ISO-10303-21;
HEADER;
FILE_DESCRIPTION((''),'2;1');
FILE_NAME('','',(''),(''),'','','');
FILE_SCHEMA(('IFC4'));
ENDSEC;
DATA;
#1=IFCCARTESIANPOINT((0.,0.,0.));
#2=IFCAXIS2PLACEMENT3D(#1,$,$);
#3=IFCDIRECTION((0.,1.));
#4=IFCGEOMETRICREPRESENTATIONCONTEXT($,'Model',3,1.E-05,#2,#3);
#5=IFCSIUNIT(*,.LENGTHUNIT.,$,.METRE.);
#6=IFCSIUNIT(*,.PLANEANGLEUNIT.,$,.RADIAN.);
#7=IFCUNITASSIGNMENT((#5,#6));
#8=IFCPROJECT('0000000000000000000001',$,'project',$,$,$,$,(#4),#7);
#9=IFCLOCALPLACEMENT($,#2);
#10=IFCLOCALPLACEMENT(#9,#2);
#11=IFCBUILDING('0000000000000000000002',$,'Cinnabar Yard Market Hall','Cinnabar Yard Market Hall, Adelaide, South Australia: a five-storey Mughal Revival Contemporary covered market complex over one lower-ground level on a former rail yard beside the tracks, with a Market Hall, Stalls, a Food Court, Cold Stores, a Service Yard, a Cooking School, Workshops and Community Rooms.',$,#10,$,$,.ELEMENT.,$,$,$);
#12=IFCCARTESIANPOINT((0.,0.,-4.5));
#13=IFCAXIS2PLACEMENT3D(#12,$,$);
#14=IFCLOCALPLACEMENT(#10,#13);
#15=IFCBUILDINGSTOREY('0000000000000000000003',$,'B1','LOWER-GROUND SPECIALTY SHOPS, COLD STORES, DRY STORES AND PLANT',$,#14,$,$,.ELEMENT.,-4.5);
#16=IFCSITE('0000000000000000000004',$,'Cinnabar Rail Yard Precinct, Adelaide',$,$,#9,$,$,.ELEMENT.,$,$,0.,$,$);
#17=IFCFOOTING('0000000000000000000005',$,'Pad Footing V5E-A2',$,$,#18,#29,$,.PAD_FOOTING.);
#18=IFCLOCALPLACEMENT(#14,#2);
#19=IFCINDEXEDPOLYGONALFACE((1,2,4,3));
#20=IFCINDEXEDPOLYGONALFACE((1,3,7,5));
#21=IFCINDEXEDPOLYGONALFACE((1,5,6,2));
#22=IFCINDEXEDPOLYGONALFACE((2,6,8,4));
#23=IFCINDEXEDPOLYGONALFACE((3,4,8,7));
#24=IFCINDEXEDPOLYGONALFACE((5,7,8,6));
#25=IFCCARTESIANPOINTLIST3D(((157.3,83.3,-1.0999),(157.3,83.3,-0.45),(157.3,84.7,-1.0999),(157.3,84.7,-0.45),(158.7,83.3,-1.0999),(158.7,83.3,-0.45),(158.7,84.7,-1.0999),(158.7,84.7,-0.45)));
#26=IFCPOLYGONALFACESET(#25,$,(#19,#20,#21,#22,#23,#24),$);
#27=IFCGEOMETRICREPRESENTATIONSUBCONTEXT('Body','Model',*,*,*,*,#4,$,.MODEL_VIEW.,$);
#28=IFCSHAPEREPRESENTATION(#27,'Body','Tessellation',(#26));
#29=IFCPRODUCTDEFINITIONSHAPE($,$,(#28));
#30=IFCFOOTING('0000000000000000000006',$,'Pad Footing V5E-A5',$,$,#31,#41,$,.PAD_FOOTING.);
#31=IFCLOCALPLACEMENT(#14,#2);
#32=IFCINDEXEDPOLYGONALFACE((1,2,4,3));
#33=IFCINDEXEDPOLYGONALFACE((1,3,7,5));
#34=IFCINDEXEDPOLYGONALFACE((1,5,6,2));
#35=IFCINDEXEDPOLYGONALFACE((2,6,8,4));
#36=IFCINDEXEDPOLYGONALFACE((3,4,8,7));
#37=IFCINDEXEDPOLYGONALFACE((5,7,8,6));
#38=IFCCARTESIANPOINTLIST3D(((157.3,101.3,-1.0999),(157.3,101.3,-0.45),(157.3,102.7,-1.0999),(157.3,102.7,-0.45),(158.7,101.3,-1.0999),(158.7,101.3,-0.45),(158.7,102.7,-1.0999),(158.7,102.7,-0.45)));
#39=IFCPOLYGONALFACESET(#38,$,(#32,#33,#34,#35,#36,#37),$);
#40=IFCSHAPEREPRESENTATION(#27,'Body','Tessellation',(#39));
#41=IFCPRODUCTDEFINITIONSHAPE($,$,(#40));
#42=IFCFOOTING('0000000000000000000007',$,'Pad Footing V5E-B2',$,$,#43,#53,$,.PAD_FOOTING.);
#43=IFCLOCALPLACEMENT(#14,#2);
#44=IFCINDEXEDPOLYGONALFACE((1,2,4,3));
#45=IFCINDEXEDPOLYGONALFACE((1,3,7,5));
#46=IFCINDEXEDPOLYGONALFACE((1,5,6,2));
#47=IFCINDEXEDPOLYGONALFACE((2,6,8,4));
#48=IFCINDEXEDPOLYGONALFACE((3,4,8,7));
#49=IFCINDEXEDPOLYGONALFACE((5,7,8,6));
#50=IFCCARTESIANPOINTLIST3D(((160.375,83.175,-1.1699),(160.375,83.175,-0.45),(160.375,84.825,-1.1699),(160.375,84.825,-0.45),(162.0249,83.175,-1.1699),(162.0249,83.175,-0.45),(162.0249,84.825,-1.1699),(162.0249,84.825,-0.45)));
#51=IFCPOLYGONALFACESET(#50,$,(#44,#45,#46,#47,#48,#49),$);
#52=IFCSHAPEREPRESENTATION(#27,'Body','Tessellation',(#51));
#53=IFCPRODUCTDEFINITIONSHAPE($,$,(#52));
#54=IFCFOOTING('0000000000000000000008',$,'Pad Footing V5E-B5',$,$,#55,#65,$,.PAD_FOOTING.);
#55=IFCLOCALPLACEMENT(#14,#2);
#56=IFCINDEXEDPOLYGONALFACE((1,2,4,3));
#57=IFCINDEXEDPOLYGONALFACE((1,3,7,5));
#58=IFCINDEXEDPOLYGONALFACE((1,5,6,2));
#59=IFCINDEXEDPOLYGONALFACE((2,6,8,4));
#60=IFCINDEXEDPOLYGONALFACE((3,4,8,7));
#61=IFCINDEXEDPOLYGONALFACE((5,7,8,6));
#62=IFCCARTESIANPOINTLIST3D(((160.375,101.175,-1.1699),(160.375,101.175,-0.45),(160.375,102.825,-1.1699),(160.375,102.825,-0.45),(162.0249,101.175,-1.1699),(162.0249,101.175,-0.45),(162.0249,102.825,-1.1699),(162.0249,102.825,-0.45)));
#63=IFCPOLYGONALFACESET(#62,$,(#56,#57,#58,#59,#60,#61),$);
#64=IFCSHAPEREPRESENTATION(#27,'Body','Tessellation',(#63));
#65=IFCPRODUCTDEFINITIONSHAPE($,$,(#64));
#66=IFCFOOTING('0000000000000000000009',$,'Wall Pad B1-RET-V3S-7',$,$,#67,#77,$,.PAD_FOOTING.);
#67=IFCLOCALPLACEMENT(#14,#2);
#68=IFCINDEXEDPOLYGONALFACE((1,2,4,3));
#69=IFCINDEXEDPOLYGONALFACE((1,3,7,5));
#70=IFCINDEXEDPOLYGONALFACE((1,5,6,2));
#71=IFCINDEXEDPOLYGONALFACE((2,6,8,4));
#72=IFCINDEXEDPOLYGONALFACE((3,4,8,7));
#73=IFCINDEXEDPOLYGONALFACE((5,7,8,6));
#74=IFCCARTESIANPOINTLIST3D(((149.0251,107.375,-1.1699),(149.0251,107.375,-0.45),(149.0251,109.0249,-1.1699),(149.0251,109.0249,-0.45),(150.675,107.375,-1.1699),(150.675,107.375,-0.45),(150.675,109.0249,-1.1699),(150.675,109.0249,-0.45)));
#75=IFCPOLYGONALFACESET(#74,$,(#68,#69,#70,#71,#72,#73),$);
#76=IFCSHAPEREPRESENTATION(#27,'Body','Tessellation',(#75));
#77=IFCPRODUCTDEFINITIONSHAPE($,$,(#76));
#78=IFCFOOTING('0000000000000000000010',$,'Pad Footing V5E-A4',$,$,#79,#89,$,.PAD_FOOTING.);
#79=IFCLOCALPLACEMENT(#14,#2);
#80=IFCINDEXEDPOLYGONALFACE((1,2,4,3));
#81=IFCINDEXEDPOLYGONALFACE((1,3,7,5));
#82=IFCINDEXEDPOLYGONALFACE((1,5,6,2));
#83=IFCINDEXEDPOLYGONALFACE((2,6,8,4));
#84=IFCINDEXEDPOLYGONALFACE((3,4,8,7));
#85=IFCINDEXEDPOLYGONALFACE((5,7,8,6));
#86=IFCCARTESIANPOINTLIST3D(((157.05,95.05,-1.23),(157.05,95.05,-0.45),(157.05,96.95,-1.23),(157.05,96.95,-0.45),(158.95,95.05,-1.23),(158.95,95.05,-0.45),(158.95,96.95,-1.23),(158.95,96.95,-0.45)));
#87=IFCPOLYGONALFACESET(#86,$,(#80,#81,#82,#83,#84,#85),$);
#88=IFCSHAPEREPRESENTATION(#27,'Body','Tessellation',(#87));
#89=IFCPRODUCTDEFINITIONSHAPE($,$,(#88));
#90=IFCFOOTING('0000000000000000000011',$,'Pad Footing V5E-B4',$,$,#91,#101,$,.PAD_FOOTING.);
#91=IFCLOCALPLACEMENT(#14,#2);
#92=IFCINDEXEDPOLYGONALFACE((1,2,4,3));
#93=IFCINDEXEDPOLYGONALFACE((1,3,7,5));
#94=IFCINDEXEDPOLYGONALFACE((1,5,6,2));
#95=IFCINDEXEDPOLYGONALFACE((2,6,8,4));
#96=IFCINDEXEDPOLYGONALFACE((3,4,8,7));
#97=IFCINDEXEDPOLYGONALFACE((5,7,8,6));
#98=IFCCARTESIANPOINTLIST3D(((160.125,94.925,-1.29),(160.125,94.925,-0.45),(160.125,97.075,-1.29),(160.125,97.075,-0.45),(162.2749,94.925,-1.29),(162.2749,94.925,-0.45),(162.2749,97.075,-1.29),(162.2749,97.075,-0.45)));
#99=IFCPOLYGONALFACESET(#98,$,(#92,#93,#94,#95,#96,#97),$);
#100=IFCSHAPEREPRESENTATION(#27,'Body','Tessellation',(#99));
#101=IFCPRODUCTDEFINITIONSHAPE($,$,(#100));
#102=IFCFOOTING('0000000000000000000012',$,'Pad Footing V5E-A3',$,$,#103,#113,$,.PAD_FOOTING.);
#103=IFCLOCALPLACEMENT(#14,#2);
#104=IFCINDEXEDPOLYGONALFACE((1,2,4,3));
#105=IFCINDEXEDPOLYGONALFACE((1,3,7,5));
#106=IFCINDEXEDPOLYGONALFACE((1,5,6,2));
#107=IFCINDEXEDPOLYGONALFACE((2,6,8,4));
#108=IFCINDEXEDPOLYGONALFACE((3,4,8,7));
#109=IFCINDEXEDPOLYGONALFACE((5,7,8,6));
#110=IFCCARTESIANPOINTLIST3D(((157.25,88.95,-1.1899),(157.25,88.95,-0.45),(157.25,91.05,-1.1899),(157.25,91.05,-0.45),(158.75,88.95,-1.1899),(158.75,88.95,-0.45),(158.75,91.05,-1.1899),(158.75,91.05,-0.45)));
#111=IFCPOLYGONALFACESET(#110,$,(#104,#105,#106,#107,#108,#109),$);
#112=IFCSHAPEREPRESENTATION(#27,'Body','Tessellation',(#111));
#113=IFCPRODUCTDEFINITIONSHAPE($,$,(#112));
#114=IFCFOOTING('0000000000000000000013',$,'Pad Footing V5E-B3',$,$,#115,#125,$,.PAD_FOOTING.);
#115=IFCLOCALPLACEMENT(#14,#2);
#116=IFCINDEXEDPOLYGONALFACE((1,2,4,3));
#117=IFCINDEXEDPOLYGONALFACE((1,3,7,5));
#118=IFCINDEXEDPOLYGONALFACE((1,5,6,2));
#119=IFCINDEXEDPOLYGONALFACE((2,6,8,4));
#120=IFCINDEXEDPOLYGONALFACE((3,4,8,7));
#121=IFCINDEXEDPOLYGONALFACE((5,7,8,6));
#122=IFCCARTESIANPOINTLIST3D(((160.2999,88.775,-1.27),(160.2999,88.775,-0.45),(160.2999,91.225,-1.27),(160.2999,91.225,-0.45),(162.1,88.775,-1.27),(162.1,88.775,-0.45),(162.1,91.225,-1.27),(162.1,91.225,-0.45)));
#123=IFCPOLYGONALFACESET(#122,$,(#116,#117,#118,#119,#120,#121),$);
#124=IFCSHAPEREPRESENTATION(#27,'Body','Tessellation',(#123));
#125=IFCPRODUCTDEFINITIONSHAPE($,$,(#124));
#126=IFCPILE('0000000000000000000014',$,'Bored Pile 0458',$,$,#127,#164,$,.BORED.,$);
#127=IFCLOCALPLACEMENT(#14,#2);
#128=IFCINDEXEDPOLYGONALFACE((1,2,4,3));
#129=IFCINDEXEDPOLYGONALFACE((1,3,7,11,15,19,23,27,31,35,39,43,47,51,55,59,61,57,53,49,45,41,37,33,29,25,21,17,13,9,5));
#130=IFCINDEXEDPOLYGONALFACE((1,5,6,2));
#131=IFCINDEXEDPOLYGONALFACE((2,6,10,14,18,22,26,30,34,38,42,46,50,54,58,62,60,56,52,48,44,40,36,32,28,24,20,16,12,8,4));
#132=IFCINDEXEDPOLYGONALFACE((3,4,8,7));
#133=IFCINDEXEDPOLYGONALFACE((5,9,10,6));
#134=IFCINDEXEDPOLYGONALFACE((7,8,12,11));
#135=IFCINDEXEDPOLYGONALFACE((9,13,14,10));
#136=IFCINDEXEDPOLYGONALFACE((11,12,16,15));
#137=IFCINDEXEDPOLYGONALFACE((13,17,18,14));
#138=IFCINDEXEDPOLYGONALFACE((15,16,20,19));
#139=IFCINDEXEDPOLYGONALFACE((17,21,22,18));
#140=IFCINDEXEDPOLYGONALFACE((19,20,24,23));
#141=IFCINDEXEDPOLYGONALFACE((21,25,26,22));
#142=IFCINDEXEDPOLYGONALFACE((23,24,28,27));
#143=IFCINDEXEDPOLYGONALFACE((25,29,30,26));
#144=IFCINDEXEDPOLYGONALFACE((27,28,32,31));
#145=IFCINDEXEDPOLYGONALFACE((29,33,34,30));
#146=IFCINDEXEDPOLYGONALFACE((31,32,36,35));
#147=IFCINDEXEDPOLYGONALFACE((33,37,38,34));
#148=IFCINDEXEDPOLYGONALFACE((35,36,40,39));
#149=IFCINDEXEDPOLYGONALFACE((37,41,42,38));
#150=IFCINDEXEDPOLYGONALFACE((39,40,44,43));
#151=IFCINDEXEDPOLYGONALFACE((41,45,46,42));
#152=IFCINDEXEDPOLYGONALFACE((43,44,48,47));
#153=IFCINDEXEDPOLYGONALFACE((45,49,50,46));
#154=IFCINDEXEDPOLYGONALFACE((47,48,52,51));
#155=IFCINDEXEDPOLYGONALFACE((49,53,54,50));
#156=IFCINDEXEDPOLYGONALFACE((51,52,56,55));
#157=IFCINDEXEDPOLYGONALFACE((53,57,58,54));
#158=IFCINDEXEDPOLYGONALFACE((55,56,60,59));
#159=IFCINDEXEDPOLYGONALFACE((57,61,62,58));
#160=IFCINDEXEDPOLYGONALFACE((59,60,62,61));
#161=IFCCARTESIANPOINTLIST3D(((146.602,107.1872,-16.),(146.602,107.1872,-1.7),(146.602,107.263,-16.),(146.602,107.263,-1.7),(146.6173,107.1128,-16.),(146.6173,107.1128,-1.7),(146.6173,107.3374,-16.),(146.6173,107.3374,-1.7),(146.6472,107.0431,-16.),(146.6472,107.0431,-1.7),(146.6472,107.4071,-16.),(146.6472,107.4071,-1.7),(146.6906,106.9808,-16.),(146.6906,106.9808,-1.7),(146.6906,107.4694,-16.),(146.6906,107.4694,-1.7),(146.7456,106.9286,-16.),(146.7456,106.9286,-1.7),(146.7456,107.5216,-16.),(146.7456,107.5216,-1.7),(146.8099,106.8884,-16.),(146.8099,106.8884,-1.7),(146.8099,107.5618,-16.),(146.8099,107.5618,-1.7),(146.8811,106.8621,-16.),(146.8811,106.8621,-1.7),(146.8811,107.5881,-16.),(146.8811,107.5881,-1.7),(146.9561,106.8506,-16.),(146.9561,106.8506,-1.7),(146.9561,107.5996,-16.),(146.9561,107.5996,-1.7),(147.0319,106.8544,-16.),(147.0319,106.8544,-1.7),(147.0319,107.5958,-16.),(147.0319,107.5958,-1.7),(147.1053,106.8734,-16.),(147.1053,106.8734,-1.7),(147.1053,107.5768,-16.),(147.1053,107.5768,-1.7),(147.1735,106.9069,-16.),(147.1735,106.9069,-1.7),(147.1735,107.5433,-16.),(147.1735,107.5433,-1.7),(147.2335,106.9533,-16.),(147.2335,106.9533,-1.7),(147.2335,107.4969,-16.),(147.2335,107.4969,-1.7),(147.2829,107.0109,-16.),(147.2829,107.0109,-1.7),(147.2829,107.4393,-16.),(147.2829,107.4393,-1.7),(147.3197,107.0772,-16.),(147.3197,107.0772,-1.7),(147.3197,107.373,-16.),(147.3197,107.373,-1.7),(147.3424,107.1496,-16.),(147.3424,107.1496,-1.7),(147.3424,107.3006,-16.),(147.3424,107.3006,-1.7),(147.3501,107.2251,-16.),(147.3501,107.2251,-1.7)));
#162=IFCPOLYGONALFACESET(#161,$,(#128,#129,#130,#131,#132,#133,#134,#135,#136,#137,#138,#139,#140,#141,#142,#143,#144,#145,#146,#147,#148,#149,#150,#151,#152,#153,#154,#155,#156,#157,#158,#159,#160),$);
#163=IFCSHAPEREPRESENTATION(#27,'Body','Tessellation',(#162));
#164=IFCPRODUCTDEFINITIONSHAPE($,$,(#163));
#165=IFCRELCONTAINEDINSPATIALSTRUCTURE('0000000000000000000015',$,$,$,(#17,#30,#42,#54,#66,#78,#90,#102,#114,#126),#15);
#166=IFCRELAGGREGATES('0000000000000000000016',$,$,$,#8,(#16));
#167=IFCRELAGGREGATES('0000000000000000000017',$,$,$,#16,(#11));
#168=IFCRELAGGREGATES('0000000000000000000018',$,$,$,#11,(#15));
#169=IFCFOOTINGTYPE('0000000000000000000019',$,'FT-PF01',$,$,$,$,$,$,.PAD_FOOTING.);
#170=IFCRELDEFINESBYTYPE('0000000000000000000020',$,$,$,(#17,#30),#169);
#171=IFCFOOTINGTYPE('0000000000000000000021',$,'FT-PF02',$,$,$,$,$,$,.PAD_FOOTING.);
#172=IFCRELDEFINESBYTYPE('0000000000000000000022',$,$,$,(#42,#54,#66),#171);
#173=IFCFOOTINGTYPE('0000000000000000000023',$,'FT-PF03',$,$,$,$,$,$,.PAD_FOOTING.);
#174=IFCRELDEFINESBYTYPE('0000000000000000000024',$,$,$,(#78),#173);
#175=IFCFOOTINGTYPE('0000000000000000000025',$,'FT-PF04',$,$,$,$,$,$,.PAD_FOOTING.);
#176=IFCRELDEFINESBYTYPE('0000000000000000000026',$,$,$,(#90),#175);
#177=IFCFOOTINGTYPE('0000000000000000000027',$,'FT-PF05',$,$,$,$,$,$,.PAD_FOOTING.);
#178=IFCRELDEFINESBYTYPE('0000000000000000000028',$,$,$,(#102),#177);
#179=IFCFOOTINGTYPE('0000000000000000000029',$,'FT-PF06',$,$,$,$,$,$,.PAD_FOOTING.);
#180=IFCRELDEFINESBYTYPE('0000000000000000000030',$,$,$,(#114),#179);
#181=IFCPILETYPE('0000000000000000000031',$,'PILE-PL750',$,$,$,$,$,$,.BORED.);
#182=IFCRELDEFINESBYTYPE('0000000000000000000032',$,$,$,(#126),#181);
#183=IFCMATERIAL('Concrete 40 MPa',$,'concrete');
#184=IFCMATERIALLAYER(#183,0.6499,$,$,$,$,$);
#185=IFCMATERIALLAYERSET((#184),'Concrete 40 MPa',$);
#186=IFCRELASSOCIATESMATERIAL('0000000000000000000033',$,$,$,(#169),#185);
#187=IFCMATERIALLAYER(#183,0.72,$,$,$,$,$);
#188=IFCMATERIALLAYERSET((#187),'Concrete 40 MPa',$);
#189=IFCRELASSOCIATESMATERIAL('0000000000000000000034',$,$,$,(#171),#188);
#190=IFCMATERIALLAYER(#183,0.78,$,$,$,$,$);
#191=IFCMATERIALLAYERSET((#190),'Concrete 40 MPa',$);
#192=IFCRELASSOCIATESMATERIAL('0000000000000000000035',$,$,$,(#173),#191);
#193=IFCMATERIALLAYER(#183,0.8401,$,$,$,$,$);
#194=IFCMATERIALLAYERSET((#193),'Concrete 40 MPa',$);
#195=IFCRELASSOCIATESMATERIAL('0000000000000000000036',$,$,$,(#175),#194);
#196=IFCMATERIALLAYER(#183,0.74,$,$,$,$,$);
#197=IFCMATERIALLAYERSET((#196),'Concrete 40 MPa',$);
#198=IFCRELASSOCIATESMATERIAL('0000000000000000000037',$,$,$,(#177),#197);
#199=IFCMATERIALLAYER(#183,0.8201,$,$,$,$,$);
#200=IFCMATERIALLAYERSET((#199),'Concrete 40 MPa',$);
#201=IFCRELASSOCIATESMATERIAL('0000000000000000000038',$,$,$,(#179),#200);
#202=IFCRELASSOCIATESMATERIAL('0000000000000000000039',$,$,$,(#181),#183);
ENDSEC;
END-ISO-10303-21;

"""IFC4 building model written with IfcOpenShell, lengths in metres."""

from ifc_helpers import new_model, si_unit, direction, frame, origin, origin_2d_with_axis, place, context, subcontext, project, spatial, rectangle, circle, extrude, material, layer, layer_set, material_profile, profile_set, type_object, element, save


model = new_model("IFC4")

# Units and contexts
model_context = context("Model", 3, precision=1e-05, world=origin(), true_north=direction((0.0, 1.0)))
body_context = subcontext(model_context, "Body", "Model", "MODEL_VIEW")
ifc_project = project(units=[si_unit("LENGTHUNIT", "METRE"), si_unit("PLANEANGLEUNIT", "RADIAN")], contexts=[model_context])

# Site, building, storey
site_placement = place(None, origin())
site = spatial("IfcSite", under=ifc_project, at=site_placement, Name="Cinnabar Rail Yard Precinct, Adelaide", CompositionType="ELEMENT", RefElevation=0.0)
building_placement = place(site_placement, origin())
building = spatial("IfcBuilding", under=site, at=building_placement, Name="Cinnabar Yard Market Hall", Description="Cinnabar Yard Market Hall, Adelaide, South Australia: a five-storey Mughal Revival Contemporary covered market complex over one lower-ground level on a former rail yard beside the tracks, with a Market Hall, Stalls, a Food Court, Cold Stores, a Service Yard, a Cooking School, Workshops and Community Rooms.", CompositionType="ELEMENT")
storey_placement = place(building_placement, frame((0.0, 0.0, -4.5)))
storey = spatial("IfcBuildingStorey", under=building, at=storey_placement, Name="B1", Description="LOWER-GROUND SPECIALTY SHOPS, COLD STORES, DRY STORES AND PLANT", CompositionType="ELEMENT", Elevation=-4.5)

# Footings
ifc_material_1 = material(Name="Concrete 40 MPa", Category="concrete")
ifc_layer_1 = layer(ifc_material_1, 0.6499)
ifc_layer_set_1 = layer_set([ifc_layer_1], Name="Concrete 40 MPa")
footing_type_1 = type_object("IfcFootingType", Name="FT-PF01", PredefinedType="PAD_FOOTING", material=ifc_layer_set_1)
for number, where, z_axis, x_axis, name in (
    (1, (158.0, 84.0, -1.0999), (0.0, 0.0, 1.0), (1.0, 0.0, 0.0), "Pad Footing V5E-A2"),
    (2, (158.0, 102.0, -1.0999), (0.0, 0.0, 1.0), (1.0, 0.0, 0.0), "Pad Footing V5E-A5"),
):
    element("IfcFooting", number, at=place(storey_placement, frame(where, z_axis=z_axis, x_axis=x_axis)), inside=storey, type_object=footing_type_1, Name=name, PredefinedType="PAD_FOOTING", context=body_context, shape_type="SweptSolid", body=[
        extrude(rectangle(XDim=1.3999, YDim=1.3999, at=origin_2d_with_axis()), origin(), (0.0, 0.0, 1.0), 0.6499),
    ])
ifc_layer_2 = layer(ifc_material_1, 0.72)
ifc_layer_set_2 = layer_set([ifc_layer_2], Name="Concrete 40 MPa")
footing_type_2 = type_object("IfcFootingType", Name="FT-PF02", PredefinedType="PAD_FOOTING", material=ifc_layer_set_2)
for number, where, z_axis, x_axis, name in (
    (3, (161.2, 84.0, -1.1699), (0.0, 0.0, 1.0), (1.0, 0.0, 0.0), "Pad Footing V5E-B2"),
    (4, (161.2, 102.0, -1.1699), (0.0, 0.0, 1.0), (1.0, 0.0, 0.0), "Pad Footing V5E-B5"),
    (5, (149.8501, 108.2, -1.1699), (0.0, 0.0, 1.0), (1.0, 0.0, 0.0), "Wall Pad B1-RET-V3S-7"),
):
    element("IfcFooting", number, at=place(storey_placement, frame(where, z_axis=z_axis, x_axis=x_axis)), inside=storey, type_object=footing_type_2, Name=name, PredefinedType="PAD_FOOTING", context=body_context, shape_type="SweptSolid", body=[
        extrude(rectangle(XDim=1.6499, YDim=1.6499, at=origin_2d_with_axis()), origin(), (0.0, 0.0, 1.0), 0.72),
    ])
ifc_layer_3 = layer(ifc_material_1, 0.78)
ifc_layer_set_3 = layer_set([ifc_layer_3], Name="Concrete 40 MPa")
footing_type_3 = type_object("IfcFootingType", Name="FT-PF03", PredefinedType="PAD_FOOTING", material=ifc_layer_set_3)
footing_1_placement = place(storey_placement, frame((158.0, 96.0, -1.23), z_axis=(0.0, 0.0, 1.0), x_axis=(1.0, 0.0, 0.0)))
element("IfcFooting", 6, at=footing_1_placement, inside=storey, type_object=footing_type_3, Name="Pad Footing V5E-A4", PredefinedType="PAD_FOOTING", context=body_context, shape_type="SweptSolid", body=[
    extrude(rectangle(XDim=1.8999, YDim=1.8999, at=origin_2d_with_axis()), origin(), (0.0, 0.0, 1.0), 0.78),
])
ifc_layer_4 = layer(ifc_material_1, 0.8401)
ifc_layer_set_4 = layer_set([ifc_layer_4], Name="Concrete 40 MPa")
footing_type_4 = type_object("IfcFootingType", Name="FT-PF04", PredefinedType="PAD_FOOTING", material=ifc_layer_set_4)
footing_2_placement = place(storey_placement, frame((161.2, 96.0, -1.29), z_axis=(0.0, 0.0, 1.0), x_axis=(1.0, 0.0, 0.0)))
element("IfcFooting", 7, at=footing_2_placement, inside=storey, type_object=footing_type_4, Name="Pad Footing V5E-B4", PredefinedType="PAD_FOOTING", context=body_context, shape_type="SweptSolid", body=[
    extrude(rectangle(XDim=2.1499, YDim=2.1499, at=origin_2d_with_axis()), origin(), (0.0, 0.0, 1.0), 0.8401),
])
ifc_layer_5 = layer(ifc_material_1, 0.74)
ifc_layer_set_5 = layer_set([ifc_layer_5], Name="Concrete 40 MPa")
footing_type_5 = type_object("IfcFootingType", Name="FT-PF05", PredefinedType="PAD_FOOTING", material=ifc_layer_set_5)
footing_3_placement = place(storey_placement, frame((158.0, 90.0, -1.1899), z_axis=(0.0, 0.0, 1.0), x_axis=(1.0, 0.0, 0.0)))
element("IfcFooting", 8, at=footing_3_placement, inside=storey, type_object=footing_type_5, Name="Pad Footing V5E-A3", PredefinedType="PAD_FOOTING", context=body_context, shape_type="SweptSolid", body=[
    extrude(rectangle(XDim=1.5, YDim=2.1001, at=origin_2d_with_axis()), origin(), (0.0, 0.0, 1.0), 0.74),
])
ifc_layer_6 = layer(ifc_material_1, 0.8201)
ifc_layer_set_6 = layer_set([ifc_layer_6], Name="Concrete 40 MPa")
footing_type_6 = type_object("IfcFootingType", Name="FT-PF06", PredefinedType="PAD_FOOTING", material=ifc_layer_set_6)
footing_4_placement = place(storey_placement, frame((161.2, 90.0, -1.27), z_axis=(0.0, 0.0, 1.0), x_axis=(1.0, 0.0, 0.0)))
element("IfcFooting", 9, at=footing_4_placement, inside=storey, type_object=footing_type_6, Name="Pad Footing V5E-B3", PredefinedType="PAD_FOOTING", context=body_context, shape_type="SweptSolid", body=[
    extrude(rectangle(XDim=1.8, YDim=2.45, at=origin_2d_with_axis()), origin(), (0.0, 0.0, 1.0), 0.8201),
])

# Pile
ifc_material_profile_1 = material_profile(ifc_material_1, circle(Radius=0.375, at=origin_2d_with_axis()), Name="PILE-D750")
ifc_profile_set_1 = profile_set([ifc_material_profile_1], Name="Concrete 40 MPa")
pile_type = type_object("IfcPileType", Name="PILE-PL750", PredefinedType="BORED", material=ifc_profile_set_1)
for number, where, z_axis, x_axis, name in (
    (10, (146.9751, 107.2251, -1.7), (0.0, 0.0, -1.0), (1.0, 0.0, 0.0), "Bored Pile 0458"),
):
    element("IfcPile", number, at=place(storey_placement, frame(where, z_axis=z_axis, x_axis=x_axis)), inside=storey, type_object=pile_type, Name=name, PredefinedType="BORED", context=body_context, shape_type="SweptSolid", body=[
        extrude(circle(Radius=0.375, at=origin_2d_with_axis()), origin(), (0.0, 0.0, 1.0), 14.3),
    ])

save(model, "model.ifc")
